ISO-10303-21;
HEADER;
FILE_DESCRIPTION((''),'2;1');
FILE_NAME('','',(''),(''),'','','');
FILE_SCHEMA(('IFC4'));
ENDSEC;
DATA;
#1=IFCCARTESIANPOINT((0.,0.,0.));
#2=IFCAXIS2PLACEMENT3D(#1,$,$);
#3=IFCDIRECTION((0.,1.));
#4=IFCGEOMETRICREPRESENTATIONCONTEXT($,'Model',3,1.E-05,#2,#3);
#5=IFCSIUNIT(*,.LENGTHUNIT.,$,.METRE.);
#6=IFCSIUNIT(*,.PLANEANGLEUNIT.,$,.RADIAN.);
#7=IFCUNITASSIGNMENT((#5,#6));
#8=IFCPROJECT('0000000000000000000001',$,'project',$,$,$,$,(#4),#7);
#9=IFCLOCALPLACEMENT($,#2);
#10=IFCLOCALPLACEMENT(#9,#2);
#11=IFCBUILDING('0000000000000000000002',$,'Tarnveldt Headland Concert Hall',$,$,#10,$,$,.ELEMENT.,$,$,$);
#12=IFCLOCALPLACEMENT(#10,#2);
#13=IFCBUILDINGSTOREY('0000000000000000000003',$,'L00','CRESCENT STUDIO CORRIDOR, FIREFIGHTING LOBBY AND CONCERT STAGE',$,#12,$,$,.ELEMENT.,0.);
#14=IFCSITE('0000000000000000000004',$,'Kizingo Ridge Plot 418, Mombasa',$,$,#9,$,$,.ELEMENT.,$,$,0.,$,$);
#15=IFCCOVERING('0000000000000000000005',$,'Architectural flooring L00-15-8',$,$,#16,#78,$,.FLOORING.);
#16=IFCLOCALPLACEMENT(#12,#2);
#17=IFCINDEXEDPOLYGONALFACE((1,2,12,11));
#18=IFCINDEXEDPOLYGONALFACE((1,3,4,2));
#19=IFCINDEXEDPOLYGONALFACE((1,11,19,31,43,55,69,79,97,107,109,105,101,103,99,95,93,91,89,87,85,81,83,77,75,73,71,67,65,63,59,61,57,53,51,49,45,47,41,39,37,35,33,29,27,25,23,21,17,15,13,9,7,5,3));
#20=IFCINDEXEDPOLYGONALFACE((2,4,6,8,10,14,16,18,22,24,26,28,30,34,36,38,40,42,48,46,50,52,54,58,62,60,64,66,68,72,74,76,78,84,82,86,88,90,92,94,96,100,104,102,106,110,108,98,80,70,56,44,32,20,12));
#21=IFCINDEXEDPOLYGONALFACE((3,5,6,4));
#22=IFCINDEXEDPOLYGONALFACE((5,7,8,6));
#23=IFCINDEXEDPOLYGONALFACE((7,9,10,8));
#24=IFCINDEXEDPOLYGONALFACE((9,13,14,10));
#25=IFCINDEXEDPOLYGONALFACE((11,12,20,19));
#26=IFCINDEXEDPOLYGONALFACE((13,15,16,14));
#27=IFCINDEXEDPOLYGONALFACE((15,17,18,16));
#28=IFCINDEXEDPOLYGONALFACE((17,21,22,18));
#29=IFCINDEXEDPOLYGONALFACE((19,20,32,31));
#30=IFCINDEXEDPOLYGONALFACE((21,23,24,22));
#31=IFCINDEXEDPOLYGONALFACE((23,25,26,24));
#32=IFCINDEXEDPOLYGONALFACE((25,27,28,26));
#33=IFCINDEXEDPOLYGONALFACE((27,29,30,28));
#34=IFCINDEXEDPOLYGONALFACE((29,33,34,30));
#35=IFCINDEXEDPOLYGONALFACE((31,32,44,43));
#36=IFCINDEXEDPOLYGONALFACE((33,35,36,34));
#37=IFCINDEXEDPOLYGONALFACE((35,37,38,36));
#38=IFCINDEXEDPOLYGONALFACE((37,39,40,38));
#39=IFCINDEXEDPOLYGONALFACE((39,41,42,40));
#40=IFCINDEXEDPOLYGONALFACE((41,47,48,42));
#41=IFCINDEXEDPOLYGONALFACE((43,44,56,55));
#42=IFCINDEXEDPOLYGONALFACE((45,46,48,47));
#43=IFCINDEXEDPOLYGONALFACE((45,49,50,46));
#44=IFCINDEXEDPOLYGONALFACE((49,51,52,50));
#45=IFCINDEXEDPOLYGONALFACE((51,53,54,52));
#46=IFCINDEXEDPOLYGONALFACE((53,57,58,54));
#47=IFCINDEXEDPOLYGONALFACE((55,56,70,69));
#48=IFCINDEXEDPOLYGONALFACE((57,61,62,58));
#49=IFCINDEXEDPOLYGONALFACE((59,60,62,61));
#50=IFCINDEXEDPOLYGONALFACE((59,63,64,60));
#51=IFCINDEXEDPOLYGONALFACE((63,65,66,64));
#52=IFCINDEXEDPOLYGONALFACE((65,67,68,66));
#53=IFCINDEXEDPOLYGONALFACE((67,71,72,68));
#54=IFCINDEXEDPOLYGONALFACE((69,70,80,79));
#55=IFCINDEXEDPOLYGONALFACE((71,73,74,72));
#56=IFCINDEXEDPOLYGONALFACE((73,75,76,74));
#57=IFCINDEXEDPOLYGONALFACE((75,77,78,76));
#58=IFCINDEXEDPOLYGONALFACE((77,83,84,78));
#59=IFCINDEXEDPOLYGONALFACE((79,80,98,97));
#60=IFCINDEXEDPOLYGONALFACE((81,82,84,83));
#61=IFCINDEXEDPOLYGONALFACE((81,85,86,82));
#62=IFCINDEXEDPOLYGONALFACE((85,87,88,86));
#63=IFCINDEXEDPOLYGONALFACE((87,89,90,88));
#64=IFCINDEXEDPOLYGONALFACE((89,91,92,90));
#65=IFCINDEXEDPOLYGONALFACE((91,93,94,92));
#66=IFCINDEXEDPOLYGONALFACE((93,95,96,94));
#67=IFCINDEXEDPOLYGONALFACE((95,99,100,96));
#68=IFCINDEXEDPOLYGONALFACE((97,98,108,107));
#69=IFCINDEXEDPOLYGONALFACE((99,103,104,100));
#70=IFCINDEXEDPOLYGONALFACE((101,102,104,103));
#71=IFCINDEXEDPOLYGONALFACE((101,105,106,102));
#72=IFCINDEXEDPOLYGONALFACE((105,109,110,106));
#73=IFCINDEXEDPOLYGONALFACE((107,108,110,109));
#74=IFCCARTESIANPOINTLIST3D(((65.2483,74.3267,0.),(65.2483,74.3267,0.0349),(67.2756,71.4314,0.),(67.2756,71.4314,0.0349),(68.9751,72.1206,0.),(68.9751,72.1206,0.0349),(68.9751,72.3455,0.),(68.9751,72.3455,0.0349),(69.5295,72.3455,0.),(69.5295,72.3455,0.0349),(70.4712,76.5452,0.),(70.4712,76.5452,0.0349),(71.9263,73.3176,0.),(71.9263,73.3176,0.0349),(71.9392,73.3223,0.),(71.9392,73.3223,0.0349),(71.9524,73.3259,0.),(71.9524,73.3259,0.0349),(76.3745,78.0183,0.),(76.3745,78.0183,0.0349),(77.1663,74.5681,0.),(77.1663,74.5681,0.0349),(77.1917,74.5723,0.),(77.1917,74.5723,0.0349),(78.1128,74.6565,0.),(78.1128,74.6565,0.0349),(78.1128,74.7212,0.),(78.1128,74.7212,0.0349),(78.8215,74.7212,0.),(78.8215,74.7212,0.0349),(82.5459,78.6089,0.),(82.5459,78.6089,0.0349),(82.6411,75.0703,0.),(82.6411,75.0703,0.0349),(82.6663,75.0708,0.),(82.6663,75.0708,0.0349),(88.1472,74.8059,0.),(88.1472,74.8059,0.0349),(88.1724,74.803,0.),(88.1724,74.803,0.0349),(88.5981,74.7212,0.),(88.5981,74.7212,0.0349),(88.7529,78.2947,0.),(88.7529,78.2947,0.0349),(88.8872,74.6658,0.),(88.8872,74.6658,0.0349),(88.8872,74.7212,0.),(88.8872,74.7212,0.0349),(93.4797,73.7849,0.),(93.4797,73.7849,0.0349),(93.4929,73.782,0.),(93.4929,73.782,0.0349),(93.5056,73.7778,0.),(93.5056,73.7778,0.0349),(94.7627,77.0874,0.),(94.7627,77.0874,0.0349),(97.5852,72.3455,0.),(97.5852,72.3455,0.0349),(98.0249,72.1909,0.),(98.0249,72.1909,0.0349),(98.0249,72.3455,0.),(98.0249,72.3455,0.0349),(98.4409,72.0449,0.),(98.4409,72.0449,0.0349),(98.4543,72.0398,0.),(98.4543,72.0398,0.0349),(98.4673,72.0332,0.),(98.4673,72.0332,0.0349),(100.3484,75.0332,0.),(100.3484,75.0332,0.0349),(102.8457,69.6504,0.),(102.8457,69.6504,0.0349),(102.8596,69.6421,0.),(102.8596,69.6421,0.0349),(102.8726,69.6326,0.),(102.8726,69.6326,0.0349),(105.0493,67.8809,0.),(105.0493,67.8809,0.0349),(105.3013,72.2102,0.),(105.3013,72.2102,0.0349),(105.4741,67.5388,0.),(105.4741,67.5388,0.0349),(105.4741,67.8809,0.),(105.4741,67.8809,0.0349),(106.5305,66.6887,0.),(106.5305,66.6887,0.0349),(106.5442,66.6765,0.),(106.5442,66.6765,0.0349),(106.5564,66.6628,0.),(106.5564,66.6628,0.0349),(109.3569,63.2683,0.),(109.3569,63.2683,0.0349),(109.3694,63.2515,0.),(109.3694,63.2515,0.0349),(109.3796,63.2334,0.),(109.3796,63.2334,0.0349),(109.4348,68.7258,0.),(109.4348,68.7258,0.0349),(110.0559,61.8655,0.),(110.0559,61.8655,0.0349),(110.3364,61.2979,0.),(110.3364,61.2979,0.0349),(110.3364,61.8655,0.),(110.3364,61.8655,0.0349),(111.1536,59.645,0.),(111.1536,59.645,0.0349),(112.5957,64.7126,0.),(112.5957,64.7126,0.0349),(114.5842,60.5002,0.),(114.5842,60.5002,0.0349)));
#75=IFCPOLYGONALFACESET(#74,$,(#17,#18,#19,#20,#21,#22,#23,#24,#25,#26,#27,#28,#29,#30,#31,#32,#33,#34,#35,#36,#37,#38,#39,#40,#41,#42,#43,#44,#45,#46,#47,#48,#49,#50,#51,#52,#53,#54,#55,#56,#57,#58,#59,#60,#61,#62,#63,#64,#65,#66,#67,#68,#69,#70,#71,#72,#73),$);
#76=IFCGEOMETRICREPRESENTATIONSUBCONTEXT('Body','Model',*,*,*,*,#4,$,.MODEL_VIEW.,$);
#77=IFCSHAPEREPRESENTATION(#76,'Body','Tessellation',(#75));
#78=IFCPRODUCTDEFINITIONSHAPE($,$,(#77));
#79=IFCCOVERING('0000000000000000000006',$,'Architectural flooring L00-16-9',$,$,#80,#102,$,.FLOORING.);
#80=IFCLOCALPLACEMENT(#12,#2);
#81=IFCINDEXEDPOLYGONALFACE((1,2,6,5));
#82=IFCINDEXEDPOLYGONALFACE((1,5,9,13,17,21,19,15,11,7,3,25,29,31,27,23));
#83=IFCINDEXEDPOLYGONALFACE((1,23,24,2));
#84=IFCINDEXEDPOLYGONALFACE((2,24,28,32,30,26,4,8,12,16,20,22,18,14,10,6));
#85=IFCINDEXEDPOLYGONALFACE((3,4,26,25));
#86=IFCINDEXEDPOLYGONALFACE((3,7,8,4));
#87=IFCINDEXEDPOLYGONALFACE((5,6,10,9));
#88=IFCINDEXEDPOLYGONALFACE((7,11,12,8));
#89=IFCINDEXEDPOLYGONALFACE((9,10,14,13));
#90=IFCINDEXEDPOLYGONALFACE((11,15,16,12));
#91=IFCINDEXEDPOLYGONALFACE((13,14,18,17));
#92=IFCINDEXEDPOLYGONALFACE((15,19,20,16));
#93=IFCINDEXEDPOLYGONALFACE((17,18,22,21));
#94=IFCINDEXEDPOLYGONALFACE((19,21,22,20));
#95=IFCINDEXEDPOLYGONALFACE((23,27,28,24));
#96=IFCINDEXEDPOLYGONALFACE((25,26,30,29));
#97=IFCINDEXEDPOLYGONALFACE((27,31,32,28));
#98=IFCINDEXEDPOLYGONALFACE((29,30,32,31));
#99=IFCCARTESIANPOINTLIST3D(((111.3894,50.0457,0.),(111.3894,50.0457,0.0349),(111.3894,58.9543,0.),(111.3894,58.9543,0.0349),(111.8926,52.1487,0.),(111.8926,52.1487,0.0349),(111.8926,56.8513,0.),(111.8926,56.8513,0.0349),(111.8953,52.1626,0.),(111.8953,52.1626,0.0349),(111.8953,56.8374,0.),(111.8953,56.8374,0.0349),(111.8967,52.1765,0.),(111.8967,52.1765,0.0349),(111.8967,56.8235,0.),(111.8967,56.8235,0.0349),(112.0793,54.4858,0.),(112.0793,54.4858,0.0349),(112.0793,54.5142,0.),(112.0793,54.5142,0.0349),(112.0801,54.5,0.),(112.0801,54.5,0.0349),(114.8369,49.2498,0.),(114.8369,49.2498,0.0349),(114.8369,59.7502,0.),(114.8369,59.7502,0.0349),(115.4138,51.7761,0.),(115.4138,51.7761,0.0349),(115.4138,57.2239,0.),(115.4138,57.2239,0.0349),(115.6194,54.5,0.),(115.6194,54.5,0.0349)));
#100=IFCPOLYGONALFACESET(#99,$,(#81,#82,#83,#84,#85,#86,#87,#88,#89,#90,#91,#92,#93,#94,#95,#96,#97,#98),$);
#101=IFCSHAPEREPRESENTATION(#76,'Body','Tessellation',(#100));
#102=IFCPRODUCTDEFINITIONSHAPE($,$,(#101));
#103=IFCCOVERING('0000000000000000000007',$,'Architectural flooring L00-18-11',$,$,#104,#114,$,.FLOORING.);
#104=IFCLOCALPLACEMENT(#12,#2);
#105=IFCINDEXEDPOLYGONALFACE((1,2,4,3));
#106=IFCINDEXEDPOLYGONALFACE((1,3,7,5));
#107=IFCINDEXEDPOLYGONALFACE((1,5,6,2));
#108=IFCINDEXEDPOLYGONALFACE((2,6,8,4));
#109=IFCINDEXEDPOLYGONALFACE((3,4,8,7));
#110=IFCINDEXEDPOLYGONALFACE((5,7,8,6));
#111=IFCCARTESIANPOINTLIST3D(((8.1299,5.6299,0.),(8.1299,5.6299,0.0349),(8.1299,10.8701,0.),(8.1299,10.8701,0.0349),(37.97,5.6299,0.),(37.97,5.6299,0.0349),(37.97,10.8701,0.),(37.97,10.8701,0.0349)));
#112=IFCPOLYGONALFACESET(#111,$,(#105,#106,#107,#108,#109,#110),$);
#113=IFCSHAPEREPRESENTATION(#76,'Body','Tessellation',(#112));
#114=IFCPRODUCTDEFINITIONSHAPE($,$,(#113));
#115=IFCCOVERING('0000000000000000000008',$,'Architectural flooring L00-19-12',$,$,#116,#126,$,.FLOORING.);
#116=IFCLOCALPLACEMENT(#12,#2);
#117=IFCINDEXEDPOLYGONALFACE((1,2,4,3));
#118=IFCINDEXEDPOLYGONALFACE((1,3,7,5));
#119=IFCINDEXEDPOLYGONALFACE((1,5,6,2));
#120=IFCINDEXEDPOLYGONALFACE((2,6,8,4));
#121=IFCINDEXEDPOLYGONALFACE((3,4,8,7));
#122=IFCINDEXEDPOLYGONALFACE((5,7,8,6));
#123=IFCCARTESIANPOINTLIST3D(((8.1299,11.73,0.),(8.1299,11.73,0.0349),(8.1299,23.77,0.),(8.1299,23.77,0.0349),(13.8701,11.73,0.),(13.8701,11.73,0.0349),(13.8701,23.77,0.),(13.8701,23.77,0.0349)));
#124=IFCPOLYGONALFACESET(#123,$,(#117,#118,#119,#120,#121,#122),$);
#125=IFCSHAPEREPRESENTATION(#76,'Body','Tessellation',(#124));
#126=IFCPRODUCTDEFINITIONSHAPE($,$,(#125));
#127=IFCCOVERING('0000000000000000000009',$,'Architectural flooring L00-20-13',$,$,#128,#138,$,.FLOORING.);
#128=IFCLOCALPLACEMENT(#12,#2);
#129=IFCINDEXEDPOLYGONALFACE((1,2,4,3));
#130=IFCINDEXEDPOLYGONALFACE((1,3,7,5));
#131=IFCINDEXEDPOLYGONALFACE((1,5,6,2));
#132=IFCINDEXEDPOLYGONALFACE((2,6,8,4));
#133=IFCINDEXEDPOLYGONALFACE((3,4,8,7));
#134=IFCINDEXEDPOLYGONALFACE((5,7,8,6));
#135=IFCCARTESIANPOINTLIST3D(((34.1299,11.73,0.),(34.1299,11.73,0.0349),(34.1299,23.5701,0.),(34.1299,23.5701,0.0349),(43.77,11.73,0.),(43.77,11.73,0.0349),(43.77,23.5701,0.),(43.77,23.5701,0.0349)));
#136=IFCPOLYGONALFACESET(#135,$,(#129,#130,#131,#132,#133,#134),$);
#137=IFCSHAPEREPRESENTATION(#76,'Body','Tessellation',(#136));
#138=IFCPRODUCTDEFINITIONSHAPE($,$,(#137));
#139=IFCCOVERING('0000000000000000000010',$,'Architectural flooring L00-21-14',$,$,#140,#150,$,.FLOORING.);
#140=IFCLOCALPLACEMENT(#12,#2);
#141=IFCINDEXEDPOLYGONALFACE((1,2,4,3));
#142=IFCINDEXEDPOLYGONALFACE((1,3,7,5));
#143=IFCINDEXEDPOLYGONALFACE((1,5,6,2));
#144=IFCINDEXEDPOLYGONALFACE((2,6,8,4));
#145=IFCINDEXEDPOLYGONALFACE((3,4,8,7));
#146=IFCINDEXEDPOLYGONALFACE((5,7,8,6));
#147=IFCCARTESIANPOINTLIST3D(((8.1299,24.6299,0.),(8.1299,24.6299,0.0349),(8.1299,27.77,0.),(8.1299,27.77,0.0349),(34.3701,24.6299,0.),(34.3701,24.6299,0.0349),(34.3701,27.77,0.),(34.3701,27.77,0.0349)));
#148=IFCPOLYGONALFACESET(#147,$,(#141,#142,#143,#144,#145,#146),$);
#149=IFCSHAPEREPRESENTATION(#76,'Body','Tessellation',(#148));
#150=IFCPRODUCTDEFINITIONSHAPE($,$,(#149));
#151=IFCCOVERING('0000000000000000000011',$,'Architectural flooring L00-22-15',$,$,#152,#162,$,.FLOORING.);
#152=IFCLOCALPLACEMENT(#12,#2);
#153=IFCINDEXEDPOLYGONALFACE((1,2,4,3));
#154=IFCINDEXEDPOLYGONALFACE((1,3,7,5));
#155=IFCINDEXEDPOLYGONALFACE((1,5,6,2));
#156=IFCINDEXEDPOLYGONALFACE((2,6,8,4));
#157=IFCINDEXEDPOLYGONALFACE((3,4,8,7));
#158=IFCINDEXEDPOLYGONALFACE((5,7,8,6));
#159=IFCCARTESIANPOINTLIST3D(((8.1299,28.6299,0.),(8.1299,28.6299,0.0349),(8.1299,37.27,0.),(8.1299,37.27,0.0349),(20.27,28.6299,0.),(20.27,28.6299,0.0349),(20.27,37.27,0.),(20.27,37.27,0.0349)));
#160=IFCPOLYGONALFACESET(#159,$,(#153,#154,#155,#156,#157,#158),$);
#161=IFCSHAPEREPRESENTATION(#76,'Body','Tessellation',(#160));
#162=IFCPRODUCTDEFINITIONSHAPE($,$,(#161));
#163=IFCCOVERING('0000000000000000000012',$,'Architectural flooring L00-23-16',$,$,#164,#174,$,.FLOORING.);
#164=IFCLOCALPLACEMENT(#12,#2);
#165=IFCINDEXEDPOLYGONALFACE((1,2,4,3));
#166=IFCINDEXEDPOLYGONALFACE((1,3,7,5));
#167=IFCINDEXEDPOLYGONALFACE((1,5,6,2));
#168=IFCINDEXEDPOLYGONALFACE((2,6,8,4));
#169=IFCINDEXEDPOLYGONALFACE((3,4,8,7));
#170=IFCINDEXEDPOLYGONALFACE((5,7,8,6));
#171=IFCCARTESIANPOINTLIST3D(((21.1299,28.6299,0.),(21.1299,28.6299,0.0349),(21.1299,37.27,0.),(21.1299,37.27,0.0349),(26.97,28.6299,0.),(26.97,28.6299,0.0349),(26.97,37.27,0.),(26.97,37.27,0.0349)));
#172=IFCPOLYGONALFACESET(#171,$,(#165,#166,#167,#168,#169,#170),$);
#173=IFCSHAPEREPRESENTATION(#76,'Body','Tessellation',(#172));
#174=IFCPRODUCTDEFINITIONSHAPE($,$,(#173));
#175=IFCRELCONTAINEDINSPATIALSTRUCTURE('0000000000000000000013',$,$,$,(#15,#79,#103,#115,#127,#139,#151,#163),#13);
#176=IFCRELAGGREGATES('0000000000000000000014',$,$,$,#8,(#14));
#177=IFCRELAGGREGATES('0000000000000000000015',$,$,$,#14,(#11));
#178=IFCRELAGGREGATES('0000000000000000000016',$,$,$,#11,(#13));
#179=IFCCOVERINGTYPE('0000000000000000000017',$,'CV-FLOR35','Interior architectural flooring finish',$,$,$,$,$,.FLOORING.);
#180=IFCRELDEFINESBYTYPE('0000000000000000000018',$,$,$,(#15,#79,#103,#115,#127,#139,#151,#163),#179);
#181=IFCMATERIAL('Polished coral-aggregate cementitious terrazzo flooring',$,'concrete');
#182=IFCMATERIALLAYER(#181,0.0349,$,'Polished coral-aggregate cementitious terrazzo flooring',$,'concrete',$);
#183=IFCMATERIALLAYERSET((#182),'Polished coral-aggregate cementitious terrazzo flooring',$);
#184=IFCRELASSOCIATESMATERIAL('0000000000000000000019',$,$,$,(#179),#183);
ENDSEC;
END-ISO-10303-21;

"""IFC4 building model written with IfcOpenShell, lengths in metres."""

from ifc_helpers import new_model, si_unit, direction, origin, place, context, subcontext, project, spatial, polyline, outline, extrude, material, layer, layer_set, type_object, element, save


model = new_model("IFC4")

# Units and contexts
model_context = context("Model", 3, precision=1e-05, world=origin(), true_north=direction((0.0, 1.0)))
body_context = subcontext(model_context, "Body", "Model", "MODEL_VIEW")
ifc_project = project(units=[si_unit("LENGTHUNIT", "METRE"), si_unit("PLANEANGLEUNIT", "RADIAN")], contexts=[model_context])

# Site, building, storey
site_placement = place(None, origin())
site = spatial("IfcSite", under=ifc_project, at=site_placement, Name="Kizingo Ridge Plot 418, Mombasa", CompositionType="ELEMENT", RefElevation=0.0)
building_placement = place(site_placement, origin())
building = spatial("IfcBuilding", under=site, at=building_placement, Name="Tarnveldt Headland Concert Hall", CompositionType="ELEMENT")
storey_placement = place(building_placement, origin())
storey = spatial("IfcBuildingStorey", under=building, at=storey_placement, Name="L00", Description="CRESCENT STUDIO CORRIDOR, FIREFIGHTING LOBBY AND CONCERT STAGE", CompositionType="ELEMENT", Elevation=0.0)

# Coverings
ifc_material_1 = material(Name="Polished coral-aggregate cementitious terrazzo flooring", Category="concrete")
ifc_layer_1 = layer(ifc_material_1, 0.0349, Name="Polished coral-aggregate cementitious terrazzo flooring", Category="concrete")
ifc_layer_set_1 = layer_set([ifc_layer_1], Name="Polished coral-aggregate cementitious terrazzo flooring")
covering_type_1 = type_object("IfcCoveringType", Name="CV-FLOR35", Description="Interior architectural flooring finish", PredefinedType="FLOORING", material=ifc_layer_set_1)
covering_1_placement = place(storey_placement, origin())
element("IfcCovering", 1, at=covering_1_placement, inside=storey, type_object=covering_type_1, Name="Architectural flooring L00-15-8", PredefinedType="FLOORING", context=body_context, shape_type="SweptSolid", body=[
    extrude(outline(polyline([(109.3569, 63.2683), (106.5564, 66.6628), (106.5442, 66.6765), (106.5305, 66.6887), (105.4741, 67.5388), (105.4741, 67.8809), (105.0493, 67.8809), (102.8726, 69.6326), (102.8596, 69.6421), (102.8457, 69.6504), (98.4673, 72.0332), (98.4543, 72.0398), (98.4409, 72.0449), (98.0249, 72.1909), (98.0249, 72.3455), (97.5852, 72.3455), (93.5056, 73.7778), (93.4929, 73.782), (93.4797, 73.7849), (88.8872, 74.6658), (88.8872, 74.7212), (88.5981, 74.7212), (88.1724, 74.803), (88.1472, 74.8059), (82.6663, 75.0708), (82.6411, 75.0703), (78.8215, 74.7212), (78.1128, 74.7212), (78.1128, 74.6565), (77.1917, 74.5723), (77.1663, 74.5681), (71.9524, 73.3259), (71.9392, 73.3223), (71.9263, 73.3176), (69.5295, 72.3455), (68.9751, 72.3455), (68.9751, 72.1206), (67.2756, 71.4314), (65.2483, 74.3267), (70.4712, 76.5452), (76.3745, 78.0183), (82.5459, 78.6089), (88.7529, 78.2947), (94.7627, 77.0874), (100.3484, 75.0332), (105.3013, 72.2102), (109.4348, 68.7258), (112.5957, 64.7126), (114.5842, 60.5002), (111.1536, 59.645), (110.3364, 61.2979), (110.3364, 61.8655), (110.0559, 61.8655), (109.3796, 63.2334), (109.3694, 63.2515), (109.3569, 63.2683)])), origin(), (0.0, 0.0, 1.0), 0.0349),
])
covering_2_placement = place(storey_placement, origin())
element("IfcCovering", 2, at=covering_2_placement, inside=storey, type_object=covering_type_1, Name="Architectural flooring L00-16-9", PredefinedType="FLOORING", context=body_context, shape_type="SweptSolid", body=[
    extrude(outline(polyline([(111.3894, 50.0457), (111.8926, 52.1487), (111.8953, 52.1626), (111.8967, 52.1765), (112.0793, 54.4858), (112.0801, 54.5), (112.0793, 54.5142), (111.8967, 56.8235), (111.8953, 56.8374), (111.8926, 56.8513), (111.3894, 58.9543), (114.8369, 59.7502), (115.4138, 57.2239), (115.6194, 54.5), (115.4138, 51.7761), (114.8369, 49.2498), (111.3894, 50.0457)])), origin(), (0.0, 0.0, 1.0), 0.0349),
])
covering_3_placement = place(storey_placement, origin())
element("IfcCovering", 3, at=covering_3_placement, inside=storey, type_object=covering_type_1, Name="Architectural flooring L00-18-11", PredefinedType="FLOORING", context=body_context, shape_type="SweptSolid", body=[
    extrude(outline(polyline([(8.1299, 10.8701), (37.97, 10.8701), (37.97, 5.6299), (8.1299, 5.6299), (8.1299, 10.8701)])), origin(), (0.0, 0.0, 1.0), 0.0349),
])
covering_4_placement = place(storey_placement, origin())
element("IfcCovering", 4, at=covering_4_placement, inside=storey, type_object=covering_type_1, Name="Architectural flooring L00-19-12", PredefinedType="FLOORING", context=body_context, shape_type="SweptSolid", body=[
    extrude(outline(polyline([(8.1299, 23.77), (13.8701, 23.77), (13.8701, 11.73), (8.1299, 11.73), (8.1299, 23.77)])), origin(), (0.0, 0.0, 1.0), 0.0349),
])
covering_5_placement = place(storey_placement, origin())
element("IfcCovering", 5, at=covering_5_placement, inside=storey, type_object=covering_type_1, Name="Architectural flooring L00-20-13", PredefinedType="FLOORING", context=body_context, shape_type="SweptSolid", body=[
    extrude(outline(polyline([(34.1299, 23.5701), (43.77, 23.5701), (43.77, 11.73), (34.1299, 11.73), (34.1299, 23.5701)])), origin(), (0.0, 0.0, 1.0), 0.0349),
])
covering_6_placement = place(storey_placement, origin())
element("IfcCovering", 6, at=covering_6_placement, inside=storey, type_object=covering_type_1, Name="Architectural flooring L00-21-14", PredefinedType="FLOORING", context=body_context, shape_type="SweptSolid", body=[
    extrude(outline(polyline([(8.1299, 27.77), (34.3701, 27.77), (34.3701, 24.6299), (8.1299, 24.6299), (8.1299, 27.77)])), origin(), (0.0, 0.0, 1.0), 0.0349),
])
covering_7_placement = place(storey_placement, origin())
element("IfcCovering", 7, at=covering_7_placement, inside=storey, type_object=covering_type_1, Name="Architectural flooring L00-22-15", PredefinedType="FLOORING", context=body_context, shape_type="SweptSolid", body=[
    extrude(outline(polyline([(8.1299, 37.27), (20.27, 37.27), (20.27, 28.6299), (8.1299, 28.6299), (8.1299, 37.27)])), origin(), (0.0, 0.0, 1.0), 0.0349),
])
covering_8_placement = place(storey_placement, origin())
element("IfcCovering", 8, at=covering_8_placement, inside=storey, type_object=covering_type_1, Name="Architectural flooring L00-23-16", PredefinedType="FLOORING", context=body_context, shape_type="SweptSolid", body=[
    extrude(outline(polyline([(21.1299, 37.27), (26.97, 37.27), (26.97, 28.6299), (21.1299, 28.6299), (21.1299, 37.27)])), origin(), (0.0, 0.0, 1.0), 0.0349),
])

save(model, "model.ifc")
